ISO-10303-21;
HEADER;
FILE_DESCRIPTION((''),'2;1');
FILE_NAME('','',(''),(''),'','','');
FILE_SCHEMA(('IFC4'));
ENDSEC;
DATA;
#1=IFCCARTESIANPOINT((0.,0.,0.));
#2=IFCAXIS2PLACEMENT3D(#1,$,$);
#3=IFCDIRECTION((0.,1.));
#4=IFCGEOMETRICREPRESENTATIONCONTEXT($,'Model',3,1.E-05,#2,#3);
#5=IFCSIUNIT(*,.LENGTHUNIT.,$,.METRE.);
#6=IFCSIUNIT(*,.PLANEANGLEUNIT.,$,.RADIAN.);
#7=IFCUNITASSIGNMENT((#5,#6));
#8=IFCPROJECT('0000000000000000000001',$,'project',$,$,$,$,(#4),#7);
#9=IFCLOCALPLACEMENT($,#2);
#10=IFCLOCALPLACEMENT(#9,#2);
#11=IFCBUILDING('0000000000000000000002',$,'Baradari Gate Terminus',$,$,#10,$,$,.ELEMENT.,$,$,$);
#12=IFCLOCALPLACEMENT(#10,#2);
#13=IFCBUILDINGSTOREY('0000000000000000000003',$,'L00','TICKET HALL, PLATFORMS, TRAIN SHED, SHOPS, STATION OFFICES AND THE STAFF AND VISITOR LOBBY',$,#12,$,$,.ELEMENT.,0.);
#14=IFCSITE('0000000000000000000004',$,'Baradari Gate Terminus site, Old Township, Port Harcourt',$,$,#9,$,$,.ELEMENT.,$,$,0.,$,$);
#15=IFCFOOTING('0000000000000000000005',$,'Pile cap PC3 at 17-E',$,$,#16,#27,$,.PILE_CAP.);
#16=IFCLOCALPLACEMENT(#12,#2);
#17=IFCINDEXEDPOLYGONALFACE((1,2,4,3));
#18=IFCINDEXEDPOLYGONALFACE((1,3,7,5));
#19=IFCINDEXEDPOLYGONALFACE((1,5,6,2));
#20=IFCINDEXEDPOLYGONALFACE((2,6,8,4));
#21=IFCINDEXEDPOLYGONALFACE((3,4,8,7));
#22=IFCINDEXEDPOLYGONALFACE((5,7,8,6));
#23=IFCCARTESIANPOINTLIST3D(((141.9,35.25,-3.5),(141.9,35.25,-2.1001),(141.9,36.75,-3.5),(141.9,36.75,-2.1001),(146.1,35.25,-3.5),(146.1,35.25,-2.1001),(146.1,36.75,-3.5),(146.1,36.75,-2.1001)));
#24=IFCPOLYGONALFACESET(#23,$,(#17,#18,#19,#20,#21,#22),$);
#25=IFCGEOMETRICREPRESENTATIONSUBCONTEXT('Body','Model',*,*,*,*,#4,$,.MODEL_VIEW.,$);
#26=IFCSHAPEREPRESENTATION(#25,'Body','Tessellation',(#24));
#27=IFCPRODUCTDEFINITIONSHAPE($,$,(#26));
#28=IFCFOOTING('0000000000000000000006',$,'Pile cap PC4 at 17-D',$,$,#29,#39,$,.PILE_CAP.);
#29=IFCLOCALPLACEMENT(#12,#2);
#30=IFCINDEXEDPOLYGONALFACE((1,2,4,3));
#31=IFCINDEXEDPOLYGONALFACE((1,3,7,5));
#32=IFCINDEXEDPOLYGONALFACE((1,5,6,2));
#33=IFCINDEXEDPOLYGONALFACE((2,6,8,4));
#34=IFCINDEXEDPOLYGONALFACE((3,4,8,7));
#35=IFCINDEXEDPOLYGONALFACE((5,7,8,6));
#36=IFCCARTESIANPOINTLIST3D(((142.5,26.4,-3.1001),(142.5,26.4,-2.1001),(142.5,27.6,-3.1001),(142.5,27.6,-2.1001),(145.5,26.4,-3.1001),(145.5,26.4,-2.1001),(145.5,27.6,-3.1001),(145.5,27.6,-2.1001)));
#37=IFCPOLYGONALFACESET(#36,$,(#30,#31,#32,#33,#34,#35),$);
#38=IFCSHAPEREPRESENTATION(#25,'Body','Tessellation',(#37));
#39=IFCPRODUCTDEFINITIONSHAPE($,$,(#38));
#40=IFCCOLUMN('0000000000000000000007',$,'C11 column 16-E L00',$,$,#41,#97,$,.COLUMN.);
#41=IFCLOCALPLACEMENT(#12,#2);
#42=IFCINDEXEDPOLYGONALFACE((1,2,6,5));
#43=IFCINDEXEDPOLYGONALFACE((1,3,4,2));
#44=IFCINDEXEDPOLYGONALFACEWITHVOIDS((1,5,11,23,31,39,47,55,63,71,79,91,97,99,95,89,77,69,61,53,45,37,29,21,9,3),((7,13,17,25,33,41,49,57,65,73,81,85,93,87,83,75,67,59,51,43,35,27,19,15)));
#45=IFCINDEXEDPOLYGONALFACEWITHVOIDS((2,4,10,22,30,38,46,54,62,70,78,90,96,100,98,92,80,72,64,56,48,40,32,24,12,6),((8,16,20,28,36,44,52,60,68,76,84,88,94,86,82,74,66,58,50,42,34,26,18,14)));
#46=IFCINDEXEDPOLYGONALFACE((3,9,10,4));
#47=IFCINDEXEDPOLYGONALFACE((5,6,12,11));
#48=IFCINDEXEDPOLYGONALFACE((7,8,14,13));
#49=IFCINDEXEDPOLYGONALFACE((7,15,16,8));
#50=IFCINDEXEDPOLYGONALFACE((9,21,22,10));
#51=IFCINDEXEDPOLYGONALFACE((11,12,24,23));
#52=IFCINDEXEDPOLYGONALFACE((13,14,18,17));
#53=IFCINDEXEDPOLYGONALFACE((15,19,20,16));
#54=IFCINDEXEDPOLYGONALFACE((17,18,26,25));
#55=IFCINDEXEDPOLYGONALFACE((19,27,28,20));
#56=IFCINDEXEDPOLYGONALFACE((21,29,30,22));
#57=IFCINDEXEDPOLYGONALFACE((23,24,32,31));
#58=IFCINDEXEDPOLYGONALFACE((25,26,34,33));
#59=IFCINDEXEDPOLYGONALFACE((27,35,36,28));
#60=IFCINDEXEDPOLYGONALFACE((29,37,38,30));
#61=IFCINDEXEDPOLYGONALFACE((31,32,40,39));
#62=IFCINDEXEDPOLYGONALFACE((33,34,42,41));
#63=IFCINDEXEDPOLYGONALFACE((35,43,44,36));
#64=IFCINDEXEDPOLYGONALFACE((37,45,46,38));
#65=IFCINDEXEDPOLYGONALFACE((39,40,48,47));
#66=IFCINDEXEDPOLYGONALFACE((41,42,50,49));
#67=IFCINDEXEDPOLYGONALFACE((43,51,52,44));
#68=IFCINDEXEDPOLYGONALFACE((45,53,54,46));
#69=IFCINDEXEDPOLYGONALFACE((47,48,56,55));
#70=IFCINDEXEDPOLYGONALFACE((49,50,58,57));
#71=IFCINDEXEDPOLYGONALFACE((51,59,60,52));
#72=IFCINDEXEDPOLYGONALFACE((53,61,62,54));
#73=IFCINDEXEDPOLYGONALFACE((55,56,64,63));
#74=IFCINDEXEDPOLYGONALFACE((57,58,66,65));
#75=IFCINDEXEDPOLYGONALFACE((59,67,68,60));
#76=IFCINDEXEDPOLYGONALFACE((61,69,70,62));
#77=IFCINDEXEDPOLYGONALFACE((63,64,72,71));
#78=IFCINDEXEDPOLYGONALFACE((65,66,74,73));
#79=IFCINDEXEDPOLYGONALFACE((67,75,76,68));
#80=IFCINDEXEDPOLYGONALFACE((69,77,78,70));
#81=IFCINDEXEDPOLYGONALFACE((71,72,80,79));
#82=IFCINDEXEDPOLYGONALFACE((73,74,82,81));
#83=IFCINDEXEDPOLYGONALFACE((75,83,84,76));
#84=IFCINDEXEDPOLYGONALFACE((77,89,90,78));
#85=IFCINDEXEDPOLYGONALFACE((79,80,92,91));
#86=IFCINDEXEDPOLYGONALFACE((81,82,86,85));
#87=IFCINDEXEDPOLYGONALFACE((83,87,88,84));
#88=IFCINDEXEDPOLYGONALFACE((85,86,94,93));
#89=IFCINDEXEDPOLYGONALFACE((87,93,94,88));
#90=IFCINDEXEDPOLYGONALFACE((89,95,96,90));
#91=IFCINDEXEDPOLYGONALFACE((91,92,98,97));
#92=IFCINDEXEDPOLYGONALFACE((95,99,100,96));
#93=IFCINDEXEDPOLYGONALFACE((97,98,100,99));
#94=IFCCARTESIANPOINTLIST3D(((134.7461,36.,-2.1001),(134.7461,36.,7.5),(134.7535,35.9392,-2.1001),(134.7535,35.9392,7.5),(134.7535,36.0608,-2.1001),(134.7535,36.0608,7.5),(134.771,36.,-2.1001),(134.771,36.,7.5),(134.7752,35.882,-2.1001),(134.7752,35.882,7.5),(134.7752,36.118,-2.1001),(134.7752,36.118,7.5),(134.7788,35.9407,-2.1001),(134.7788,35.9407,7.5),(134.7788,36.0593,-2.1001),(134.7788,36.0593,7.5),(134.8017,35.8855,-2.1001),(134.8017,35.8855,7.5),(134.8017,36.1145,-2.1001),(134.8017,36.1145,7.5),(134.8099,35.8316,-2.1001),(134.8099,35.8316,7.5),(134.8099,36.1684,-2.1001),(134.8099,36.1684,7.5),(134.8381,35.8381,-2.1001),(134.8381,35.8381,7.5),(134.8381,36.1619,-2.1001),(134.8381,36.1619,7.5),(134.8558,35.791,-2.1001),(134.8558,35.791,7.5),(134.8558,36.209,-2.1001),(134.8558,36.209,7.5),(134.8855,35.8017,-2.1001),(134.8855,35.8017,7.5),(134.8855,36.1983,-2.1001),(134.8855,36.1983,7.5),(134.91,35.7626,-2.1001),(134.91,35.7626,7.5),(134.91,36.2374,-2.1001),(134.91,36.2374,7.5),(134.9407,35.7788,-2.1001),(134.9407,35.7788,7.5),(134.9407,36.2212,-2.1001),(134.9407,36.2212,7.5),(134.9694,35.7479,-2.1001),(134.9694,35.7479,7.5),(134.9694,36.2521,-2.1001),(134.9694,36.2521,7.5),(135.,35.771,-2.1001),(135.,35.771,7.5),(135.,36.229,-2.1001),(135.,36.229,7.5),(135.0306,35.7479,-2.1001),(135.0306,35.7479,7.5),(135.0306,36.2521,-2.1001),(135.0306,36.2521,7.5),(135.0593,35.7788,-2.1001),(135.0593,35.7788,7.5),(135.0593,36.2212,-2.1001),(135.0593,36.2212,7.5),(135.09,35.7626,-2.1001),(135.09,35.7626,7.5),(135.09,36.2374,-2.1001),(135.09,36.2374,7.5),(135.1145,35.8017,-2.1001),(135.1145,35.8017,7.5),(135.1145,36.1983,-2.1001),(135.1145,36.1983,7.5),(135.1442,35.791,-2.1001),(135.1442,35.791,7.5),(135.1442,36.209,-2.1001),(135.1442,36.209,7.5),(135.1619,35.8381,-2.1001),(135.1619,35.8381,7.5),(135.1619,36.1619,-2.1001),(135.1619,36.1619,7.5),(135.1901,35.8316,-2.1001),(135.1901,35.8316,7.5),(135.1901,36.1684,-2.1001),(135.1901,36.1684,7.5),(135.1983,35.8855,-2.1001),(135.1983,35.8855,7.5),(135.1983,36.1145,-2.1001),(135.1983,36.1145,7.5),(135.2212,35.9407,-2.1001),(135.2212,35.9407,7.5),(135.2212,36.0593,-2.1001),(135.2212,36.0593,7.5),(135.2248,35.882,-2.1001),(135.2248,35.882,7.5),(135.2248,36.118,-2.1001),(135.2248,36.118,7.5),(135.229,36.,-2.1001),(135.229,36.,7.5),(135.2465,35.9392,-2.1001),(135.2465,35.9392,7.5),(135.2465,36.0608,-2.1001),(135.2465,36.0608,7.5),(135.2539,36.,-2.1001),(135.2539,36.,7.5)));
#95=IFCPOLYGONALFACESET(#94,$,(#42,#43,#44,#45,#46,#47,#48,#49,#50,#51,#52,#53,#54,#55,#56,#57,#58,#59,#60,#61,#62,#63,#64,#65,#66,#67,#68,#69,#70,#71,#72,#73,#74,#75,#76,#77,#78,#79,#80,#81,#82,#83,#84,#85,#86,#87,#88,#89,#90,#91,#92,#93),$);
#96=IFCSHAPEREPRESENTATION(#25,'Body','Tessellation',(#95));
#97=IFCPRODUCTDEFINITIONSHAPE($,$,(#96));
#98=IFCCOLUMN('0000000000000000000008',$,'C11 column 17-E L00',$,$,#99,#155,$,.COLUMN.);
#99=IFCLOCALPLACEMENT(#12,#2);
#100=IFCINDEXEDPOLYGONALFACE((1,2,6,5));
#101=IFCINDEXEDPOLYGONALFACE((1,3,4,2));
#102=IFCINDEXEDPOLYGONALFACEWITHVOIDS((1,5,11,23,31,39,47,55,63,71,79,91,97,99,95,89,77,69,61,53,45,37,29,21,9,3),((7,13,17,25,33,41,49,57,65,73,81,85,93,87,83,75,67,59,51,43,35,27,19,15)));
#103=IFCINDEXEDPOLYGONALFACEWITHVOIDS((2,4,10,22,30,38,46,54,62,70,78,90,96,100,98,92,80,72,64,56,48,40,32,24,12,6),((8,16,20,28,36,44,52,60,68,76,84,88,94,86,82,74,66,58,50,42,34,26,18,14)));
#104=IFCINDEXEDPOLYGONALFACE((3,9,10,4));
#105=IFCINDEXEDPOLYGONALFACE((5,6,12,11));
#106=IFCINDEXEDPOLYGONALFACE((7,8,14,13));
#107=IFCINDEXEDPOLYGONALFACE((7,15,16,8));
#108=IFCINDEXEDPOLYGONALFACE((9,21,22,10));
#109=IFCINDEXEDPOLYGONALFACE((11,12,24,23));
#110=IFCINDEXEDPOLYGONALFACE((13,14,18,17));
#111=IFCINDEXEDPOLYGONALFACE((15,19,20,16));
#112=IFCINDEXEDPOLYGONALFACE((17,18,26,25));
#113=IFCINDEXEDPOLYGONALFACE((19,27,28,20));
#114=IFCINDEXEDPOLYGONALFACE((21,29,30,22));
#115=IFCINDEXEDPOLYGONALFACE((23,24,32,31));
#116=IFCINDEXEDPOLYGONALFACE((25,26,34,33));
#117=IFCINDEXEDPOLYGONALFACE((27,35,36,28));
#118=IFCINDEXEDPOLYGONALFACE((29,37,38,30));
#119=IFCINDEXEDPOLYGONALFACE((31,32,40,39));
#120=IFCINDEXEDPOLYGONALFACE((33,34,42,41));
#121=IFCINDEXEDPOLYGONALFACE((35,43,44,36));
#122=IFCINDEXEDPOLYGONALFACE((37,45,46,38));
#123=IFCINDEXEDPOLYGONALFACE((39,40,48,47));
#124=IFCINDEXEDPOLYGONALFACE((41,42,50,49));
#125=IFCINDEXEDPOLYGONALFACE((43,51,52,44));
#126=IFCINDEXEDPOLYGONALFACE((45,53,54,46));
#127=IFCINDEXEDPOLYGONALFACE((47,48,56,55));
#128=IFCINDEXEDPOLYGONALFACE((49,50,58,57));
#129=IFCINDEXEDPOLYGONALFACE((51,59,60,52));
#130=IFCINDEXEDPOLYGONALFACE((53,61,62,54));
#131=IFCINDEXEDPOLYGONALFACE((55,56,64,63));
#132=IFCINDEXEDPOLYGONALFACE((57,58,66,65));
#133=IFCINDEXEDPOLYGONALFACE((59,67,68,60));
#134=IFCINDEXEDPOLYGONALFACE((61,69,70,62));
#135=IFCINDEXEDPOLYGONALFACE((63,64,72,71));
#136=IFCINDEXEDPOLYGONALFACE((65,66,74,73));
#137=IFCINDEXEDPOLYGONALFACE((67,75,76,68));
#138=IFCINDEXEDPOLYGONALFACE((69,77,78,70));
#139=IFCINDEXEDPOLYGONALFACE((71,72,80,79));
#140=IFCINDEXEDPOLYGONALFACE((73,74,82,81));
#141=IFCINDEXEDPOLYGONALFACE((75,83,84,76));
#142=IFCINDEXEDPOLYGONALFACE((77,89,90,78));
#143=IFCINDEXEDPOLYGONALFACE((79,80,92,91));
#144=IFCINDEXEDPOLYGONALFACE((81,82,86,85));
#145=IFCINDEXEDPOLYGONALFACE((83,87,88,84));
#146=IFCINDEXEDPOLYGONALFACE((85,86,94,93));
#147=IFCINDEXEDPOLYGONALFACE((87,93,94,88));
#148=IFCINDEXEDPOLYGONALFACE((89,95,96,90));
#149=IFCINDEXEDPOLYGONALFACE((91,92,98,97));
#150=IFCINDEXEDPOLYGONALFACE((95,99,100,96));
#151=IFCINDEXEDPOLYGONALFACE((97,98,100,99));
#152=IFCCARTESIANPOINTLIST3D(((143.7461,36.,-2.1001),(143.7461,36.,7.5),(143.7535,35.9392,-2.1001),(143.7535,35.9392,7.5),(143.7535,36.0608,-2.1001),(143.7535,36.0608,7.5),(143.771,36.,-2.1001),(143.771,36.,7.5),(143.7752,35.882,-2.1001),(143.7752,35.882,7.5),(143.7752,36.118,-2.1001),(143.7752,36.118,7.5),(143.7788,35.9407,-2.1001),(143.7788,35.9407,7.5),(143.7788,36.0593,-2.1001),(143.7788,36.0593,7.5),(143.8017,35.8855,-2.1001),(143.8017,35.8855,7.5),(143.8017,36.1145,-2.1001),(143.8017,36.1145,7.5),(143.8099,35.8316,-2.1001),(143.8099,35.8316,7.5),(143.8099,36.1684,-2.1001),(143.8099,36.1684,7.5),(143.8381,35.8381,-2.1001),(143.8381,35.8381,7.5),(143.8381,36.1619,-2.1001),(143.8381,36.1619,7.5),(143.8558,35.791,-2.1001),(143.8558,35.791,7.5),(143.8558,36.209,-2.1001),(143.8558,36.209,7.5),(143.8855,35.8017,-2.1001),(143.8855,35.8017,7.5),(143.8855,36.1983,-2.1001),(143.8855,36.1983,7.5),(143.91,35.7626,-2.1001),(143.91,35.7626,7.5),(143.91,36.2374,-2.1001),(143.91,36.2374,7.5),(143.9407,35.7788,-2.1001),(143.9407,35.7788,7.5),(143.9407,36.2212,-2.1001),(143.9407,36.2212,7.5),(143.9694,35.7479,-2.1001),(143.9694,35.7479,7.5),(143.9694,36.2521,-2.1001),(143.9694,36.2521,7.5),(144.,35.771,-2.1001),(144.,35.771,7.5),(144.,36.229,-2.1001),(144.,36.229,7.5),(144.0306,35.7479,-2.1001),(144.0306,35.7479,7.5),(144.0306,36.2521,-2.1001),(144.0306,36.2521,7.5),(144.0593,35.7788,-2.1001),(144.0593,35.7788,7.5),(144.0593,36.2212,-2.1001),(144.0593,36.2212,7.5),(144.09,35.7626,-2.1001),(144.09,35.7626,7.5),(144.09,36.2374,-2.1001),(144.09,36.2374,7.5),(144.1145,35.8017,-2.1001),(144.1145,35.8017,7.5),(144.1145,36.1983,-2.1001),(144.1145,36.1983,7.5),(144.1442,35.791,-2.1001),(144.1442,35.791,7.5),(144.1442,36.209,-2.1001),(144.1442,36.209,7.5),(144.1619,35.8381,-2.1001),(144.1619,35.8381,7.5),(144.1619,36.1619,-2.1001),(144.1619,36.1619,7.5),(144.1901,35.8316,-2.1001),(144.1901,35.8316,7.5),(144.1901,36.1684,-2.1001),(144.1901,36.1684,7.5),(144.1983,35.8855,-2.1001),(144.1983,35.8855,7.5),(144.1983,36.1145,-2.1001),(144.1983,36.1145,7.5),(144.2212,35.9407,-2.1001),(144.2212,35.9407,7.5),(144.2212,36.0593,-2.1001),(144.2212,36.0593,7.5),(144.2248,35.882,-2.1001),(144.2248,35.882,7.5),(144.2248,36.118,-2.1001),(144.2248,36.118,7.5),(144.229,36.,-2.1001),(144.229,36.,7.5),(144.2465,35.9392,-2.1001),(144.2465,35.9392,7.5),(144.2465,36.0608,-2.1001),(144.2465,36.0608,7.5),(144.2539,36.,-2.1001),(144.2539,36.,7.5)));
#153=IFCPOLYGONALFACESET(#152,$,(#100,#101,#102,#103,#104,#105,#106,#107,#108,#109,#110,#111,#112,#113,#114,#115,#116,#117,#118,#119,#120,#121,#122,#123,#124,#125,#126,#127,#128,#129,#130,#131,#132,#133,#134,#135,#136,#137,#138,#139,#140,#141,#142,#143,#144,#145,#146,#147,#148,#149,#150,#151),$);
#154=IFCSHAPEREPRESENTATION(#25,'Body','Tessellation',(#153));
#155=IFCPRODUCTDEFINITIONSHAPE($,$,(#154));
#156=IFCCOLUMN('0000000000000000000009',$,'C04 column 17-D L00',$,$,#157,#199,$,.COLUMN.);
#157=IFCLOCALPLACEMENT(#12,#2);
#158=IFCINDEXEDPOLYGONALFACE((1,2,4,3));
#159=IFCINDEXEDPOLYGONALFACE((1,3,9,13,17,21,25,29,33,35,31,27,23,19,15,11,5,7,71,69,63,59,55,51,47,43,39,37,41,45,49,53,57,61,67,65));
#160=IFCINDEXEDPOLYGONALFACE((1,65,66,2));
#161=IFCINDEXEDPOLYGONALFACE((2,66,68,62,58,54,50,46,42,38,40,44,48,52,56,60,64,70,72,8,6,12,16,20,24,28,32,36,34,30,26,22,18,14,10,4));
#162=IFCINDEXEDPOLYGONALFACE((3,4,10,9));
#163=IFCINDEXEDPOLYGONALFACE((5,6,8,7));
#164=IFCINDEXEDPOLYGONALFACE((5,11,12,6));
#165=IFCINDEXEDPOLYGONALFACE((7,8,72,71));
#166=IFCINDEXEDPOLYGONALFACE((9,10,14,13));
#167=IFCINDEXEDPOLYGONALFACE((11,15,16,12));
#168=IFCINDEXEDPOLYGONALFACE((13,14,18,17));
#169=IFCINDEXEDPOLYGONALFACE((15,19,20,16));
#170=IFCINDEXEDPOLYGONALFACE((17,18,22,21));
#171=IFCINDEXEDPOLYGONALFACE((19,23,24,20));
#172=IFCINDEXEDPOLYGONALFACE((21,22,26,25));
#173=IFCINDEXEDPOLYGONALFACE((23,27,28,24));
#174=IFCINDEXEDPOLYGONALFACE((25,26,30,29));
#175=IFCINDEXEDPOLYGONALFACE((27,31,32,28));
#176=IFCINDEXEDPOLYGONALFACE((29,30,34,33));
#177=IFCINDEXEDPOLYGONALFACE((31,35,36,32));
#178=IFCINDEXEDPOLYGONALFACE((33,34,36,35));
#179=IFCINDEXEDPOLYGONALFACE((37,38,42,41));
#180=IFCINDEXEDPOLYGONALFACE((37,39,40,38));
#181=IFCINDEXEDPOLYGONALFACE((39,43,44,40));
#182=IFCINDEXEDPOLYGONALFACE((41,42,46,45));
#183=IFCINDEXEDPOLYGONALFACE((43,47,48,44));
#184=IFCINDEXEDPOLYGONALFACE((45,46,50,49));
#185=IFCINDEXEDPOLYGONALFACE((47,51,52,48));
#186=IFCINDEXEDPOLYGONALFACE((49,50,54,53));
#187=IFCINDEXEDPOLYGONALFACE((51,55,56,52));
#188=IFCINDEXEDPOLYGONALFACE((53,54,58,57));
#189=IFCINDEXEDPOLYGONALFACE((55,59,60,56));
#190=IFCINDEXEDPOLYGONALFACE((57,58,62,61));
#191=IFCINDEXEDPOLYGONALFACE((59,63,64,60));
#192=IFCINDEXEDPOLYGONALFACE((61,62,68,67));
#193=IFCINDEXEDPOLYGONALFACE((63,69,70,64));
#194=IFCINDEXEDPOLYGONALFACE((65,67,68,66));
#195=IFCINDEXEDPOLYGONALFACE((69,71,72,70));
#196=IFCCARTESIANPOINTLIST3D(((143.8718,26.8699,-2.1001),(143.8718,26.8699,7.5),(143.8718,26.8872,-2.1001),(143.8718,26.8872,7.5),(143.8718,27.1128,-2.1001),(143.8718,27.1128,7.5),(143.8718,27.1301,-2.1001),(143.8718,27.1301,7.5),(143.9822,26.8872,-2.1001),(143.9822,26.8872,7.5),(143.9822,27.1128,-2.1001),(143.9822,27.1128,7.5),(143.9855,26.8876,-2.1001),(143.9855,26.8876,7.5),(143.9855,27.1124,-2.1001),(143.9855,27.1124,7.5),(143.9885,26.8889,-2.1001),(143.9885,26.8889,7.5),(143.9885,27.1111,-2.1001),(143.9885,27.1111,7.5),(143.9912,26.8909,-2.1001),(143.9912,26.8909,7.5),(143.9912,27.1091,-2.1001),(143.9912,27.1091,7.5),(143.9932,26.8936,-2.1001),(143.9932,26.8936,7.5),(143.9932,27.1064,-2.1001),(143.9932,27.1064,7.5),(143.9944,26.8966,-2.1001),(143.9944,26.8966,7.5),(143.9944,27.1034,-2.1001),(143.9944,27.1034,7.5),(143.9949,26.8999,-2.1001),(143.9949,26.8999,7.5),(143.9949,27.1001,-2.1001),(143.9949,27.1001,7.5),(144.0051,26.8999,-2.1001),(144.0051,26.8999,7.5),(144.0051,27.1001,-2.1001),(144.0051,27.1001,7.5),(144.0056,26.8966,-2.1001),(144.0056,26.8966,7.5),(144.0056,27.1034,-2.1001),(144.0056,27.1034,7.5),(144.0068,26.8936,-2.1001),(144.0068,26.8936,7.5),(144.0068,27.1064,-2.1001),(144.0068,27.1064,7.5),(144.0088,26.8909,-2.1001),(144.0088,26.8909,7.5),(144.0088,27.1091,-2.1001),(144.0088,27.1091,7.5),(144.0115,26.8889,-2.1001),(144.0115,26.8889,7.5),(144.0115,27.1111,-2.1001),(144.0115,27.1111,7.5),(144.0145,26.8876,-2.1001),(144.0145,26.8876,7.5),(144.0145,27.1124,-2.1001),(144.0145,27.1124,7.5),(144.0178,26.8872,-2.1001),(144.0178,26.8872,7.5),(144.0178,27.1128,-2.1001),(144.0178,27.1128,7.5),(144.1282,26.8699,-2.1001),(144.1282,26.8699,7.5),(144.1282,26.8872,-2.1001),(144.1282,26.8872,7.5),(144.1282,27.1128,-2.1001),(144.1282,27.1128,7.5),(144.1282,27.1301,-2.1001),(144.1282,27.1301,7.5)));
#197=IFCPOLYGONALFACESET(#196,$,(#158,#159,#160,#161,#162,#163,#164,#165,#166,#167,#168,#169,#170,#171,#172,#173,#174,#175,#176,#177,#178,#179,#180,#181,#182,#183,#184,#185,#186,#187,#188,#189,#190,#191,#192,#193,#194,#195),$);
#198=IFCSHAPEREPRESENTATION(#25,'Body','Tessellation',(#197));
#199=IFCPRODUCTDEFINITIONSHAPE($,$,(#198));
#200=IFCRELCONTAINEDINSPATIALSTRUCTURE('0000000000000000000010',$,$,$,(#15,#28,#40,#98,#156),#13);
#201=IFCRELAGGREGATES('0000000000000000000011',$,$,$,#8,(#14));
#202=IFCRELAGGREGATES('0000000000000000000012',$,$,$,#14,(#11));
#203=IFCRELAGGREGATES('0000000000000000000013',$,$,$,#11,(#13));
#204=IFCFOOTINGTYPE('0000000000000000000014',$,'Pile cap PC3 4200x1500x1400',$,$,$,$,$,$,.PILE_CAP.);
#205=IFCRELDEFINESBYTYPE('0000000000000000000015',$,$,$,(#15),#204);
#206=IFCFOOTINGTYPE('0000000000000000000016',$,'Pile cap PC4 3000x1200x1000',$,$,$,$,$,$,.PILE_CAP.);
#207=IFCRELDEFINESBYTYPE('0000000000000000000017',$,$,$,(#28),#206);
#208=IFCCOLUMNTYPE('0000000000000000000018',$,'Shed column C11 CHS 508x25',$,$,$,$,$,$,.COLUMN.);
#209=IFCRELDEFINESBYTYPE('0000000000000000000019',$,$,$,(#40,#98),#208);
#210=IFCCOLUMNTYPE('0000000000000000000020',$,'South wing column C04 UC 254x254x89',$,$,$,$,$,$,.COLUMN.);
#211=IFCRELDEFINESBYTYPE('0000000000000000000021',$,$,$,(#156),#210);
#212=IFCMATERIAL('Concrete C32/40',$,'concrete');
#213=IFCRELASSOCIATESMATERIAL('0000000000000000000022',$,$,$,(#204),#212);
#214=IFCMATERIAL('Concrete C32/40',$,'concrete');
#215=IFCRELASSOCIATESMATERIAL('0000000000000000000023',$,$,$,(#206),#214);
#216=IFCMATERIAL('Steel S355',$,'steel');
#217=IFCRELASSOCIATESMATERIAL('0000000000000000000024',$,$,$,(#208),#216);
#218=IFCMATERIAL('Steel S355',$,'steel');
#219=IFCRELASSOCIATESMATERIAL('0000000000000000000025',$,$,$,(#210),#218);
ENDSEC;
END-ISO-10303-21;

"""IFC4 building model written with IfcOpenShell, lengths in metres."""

from ifc_helpers import new_model, si_unit, direction, frame, origin, origin_2d, place, context, subcontext, project, spatial, rectangle, hollow_circle, i_section, extrude, material, material_profile, profile_set, type_object, element, save


model = new_model("IFC4")

# Units and contexts
model_context = context("Model", 3, precision=1e-05, world=origin(), true_north=direction((0.0, 1.0)))
body_context = subcontext(model_context, "Body", "Model", "MODEL_VIEW")
ifc_project = project(units=[si_unit("LENGTHUNIT", "METRE"), si_unit("PLANEANGLEUNIT", "RADIAN")], contexts=[model_context])

# Site, building, storey
site_placement = place(None, origin())
site = spatial("IfcSite", under=ifc_project, at=site_placement, Name="Baradari Gate Terminus site, Old Township, Port Harcourt", CompositionType="ELEMENT", RefElevation=0.0)
building_placement = place(site_placement, origin())
building = spatial("IfcBuilding", under=site, at=building_placement, Name="Baradari Gate Terminus", CompositionType="ELEMENT")
storey_placement = place(building_placement, origin())
storey = spatial("IfcBuildingStorey", under=building, at=storey_placement, Name="L00", Description="TICKET HALL, PLATFORMS, TRAIN SHED, SHOPS, STATION OFFICES AND THE STAFF AND VISITOR LOBBY", CompositionType="ELEMENT", Elevation=0.0)

# Footings
ifc_material_1 = material(Name="Concrete C32/40", Category="concrete")
footing_type_1 = type_object("IfcFootingType", Name="Pile cap PC3 4200x1500x1400", PredefinedType="PILE_CAP", material=ifc_material_1)
footing_1_placement = place(storey_placement, frame((144.0, 36.0, -3.5), z_axis=(0.0, 0.0, 1.0), x_axis=(1.0, 0.0, 0.0)))
element("IfcFooting", 1, at=footing_1_placement, inside=storey, type_object=footing_type_1, Name="Pile cap PC3 at 17-E", PredefinedType="PILE_CAP", context=body_context, shape_type="SweptSolid", body=[
    extrude(rectangle(XDim=4.2, YDim=1.5, at=origin_2d()), origin(), (0.0, 0.0, 1.0), 1.3999),
])
ifc_material_2 = material(Name="Concrete C32/40", Category="concrete")
footing_type_2 = type_object("IfcFootingType", Name="Pile cap PC4 3000x1200x1000", PredefinedType="PILE_CAP", material=ifc_material_2)
footing_2_placement = place(storey_placement, frame((144.0, 27.0, -3.1001), z_axis=(0.0, 0.0, 1.0), x_axis=(1.0, 0.0, 0.0)))
element("IfcFooting", 2, at=footing_2_placement, inside=storey, type_object=footing_type_2, Name="Pile cap PC4 at 17-D", PredefinedType="PILE_CAP", context=body_context, shape_type="SweptSolid", body=[
    extrude(rectangle(XDim=3.0, YDim=1.2, at=origin_2d()), origin(), (0.0, 0.0, 1.0), 1.0),
])

# Columns
ifc_material_3 = material(Name="Steel S355", Category="steel")
ifc_material_profile_1 = material_profile(ifc_material_3, hollow_circle(Radius=0.2539, WallThickness=0.0249, at=origin_2d()), Name="CHS 508x25")
ifc_profile_set_1 = profile_set([ifc_material_profile_1], Name="Steel S355")
column_type_1 = type_object("IfcColumnType", Name="Shed column C11 CHS 508x25", PredefinedType="COLUMN", material=ifc_profile_set_1)
for number, where, z_axis, x_axis, name in (
    (3, (135.0, 36.0, -2.1001), (0.0, 0.0, 1.0), (1.0, 0.0, 0.0), "C11 column 16-E L00"),
    (4, (144.0, 36.0, -2.1001), (0.0, 0.0, 1.0), (1.0, 0.0, 0.0), "C11 column 17-E L00"),
):
    element("IfcColumn", number, at=place(storey_placement, frame(where, z_axis=z_axis, x_axis=x_axis)), inside=storey, type_object=column_type_1, Name=name, PredefinedType="COLUMN", context=body_context, shape_type="SweptSolid", body=[
        extrude(hollow_circle(Radius=0.2539, WallThickness=0.0249, at=origin_2d()), origin(), (0.0, 0.0, 1.0), 9.6001),
    ])
ifc_material_4 = material(Name="Steel S355", Category="steel")
ifc_material_profile_2 = material_profile(ifc_material_4, i_section(OverallWidth=0.2563, OverallDepth=0.2603, WebThickness=0.0103, FlangeThickness=0.0173, FilletRadius=0.0127, at=origin_2d()), Name="UC 254x254x89")
ifc_profile_set_2 = profile_set([ifc_material_profile_2], Name="Steel S355")
column_type_2 = type_object("IfcColumnType", Name="South wing column C04 UC 254x254x89", PredefinedType="COLUMN", material=ifc_profile_set_2)
column_placement = place(storey_placement, frame((144.0, 27.0, -2.1001), z_axis=(0.0, 0.0, 1.0), x_axis=(1.0, 0.0, 0.0)))
element("IfcColumn", 5, at=column_placement, inside=storey, type_object=column_type_2, Name="C04 column 17-D L00", PredefinedType="COLUMN", context=body_context, shape_type="SweptSolid", body=[
    extrude(i_section(OverallWidth=0.2563, OverallDepth=0.2603, WebThickness=0.0103, FlangeThickness=0.0173, FilletRadius=0.0127, at=origin_2d()), origin(), (0.0, 0.0, 1.0), 9.6001),
])

save(model, "model.ifc")
